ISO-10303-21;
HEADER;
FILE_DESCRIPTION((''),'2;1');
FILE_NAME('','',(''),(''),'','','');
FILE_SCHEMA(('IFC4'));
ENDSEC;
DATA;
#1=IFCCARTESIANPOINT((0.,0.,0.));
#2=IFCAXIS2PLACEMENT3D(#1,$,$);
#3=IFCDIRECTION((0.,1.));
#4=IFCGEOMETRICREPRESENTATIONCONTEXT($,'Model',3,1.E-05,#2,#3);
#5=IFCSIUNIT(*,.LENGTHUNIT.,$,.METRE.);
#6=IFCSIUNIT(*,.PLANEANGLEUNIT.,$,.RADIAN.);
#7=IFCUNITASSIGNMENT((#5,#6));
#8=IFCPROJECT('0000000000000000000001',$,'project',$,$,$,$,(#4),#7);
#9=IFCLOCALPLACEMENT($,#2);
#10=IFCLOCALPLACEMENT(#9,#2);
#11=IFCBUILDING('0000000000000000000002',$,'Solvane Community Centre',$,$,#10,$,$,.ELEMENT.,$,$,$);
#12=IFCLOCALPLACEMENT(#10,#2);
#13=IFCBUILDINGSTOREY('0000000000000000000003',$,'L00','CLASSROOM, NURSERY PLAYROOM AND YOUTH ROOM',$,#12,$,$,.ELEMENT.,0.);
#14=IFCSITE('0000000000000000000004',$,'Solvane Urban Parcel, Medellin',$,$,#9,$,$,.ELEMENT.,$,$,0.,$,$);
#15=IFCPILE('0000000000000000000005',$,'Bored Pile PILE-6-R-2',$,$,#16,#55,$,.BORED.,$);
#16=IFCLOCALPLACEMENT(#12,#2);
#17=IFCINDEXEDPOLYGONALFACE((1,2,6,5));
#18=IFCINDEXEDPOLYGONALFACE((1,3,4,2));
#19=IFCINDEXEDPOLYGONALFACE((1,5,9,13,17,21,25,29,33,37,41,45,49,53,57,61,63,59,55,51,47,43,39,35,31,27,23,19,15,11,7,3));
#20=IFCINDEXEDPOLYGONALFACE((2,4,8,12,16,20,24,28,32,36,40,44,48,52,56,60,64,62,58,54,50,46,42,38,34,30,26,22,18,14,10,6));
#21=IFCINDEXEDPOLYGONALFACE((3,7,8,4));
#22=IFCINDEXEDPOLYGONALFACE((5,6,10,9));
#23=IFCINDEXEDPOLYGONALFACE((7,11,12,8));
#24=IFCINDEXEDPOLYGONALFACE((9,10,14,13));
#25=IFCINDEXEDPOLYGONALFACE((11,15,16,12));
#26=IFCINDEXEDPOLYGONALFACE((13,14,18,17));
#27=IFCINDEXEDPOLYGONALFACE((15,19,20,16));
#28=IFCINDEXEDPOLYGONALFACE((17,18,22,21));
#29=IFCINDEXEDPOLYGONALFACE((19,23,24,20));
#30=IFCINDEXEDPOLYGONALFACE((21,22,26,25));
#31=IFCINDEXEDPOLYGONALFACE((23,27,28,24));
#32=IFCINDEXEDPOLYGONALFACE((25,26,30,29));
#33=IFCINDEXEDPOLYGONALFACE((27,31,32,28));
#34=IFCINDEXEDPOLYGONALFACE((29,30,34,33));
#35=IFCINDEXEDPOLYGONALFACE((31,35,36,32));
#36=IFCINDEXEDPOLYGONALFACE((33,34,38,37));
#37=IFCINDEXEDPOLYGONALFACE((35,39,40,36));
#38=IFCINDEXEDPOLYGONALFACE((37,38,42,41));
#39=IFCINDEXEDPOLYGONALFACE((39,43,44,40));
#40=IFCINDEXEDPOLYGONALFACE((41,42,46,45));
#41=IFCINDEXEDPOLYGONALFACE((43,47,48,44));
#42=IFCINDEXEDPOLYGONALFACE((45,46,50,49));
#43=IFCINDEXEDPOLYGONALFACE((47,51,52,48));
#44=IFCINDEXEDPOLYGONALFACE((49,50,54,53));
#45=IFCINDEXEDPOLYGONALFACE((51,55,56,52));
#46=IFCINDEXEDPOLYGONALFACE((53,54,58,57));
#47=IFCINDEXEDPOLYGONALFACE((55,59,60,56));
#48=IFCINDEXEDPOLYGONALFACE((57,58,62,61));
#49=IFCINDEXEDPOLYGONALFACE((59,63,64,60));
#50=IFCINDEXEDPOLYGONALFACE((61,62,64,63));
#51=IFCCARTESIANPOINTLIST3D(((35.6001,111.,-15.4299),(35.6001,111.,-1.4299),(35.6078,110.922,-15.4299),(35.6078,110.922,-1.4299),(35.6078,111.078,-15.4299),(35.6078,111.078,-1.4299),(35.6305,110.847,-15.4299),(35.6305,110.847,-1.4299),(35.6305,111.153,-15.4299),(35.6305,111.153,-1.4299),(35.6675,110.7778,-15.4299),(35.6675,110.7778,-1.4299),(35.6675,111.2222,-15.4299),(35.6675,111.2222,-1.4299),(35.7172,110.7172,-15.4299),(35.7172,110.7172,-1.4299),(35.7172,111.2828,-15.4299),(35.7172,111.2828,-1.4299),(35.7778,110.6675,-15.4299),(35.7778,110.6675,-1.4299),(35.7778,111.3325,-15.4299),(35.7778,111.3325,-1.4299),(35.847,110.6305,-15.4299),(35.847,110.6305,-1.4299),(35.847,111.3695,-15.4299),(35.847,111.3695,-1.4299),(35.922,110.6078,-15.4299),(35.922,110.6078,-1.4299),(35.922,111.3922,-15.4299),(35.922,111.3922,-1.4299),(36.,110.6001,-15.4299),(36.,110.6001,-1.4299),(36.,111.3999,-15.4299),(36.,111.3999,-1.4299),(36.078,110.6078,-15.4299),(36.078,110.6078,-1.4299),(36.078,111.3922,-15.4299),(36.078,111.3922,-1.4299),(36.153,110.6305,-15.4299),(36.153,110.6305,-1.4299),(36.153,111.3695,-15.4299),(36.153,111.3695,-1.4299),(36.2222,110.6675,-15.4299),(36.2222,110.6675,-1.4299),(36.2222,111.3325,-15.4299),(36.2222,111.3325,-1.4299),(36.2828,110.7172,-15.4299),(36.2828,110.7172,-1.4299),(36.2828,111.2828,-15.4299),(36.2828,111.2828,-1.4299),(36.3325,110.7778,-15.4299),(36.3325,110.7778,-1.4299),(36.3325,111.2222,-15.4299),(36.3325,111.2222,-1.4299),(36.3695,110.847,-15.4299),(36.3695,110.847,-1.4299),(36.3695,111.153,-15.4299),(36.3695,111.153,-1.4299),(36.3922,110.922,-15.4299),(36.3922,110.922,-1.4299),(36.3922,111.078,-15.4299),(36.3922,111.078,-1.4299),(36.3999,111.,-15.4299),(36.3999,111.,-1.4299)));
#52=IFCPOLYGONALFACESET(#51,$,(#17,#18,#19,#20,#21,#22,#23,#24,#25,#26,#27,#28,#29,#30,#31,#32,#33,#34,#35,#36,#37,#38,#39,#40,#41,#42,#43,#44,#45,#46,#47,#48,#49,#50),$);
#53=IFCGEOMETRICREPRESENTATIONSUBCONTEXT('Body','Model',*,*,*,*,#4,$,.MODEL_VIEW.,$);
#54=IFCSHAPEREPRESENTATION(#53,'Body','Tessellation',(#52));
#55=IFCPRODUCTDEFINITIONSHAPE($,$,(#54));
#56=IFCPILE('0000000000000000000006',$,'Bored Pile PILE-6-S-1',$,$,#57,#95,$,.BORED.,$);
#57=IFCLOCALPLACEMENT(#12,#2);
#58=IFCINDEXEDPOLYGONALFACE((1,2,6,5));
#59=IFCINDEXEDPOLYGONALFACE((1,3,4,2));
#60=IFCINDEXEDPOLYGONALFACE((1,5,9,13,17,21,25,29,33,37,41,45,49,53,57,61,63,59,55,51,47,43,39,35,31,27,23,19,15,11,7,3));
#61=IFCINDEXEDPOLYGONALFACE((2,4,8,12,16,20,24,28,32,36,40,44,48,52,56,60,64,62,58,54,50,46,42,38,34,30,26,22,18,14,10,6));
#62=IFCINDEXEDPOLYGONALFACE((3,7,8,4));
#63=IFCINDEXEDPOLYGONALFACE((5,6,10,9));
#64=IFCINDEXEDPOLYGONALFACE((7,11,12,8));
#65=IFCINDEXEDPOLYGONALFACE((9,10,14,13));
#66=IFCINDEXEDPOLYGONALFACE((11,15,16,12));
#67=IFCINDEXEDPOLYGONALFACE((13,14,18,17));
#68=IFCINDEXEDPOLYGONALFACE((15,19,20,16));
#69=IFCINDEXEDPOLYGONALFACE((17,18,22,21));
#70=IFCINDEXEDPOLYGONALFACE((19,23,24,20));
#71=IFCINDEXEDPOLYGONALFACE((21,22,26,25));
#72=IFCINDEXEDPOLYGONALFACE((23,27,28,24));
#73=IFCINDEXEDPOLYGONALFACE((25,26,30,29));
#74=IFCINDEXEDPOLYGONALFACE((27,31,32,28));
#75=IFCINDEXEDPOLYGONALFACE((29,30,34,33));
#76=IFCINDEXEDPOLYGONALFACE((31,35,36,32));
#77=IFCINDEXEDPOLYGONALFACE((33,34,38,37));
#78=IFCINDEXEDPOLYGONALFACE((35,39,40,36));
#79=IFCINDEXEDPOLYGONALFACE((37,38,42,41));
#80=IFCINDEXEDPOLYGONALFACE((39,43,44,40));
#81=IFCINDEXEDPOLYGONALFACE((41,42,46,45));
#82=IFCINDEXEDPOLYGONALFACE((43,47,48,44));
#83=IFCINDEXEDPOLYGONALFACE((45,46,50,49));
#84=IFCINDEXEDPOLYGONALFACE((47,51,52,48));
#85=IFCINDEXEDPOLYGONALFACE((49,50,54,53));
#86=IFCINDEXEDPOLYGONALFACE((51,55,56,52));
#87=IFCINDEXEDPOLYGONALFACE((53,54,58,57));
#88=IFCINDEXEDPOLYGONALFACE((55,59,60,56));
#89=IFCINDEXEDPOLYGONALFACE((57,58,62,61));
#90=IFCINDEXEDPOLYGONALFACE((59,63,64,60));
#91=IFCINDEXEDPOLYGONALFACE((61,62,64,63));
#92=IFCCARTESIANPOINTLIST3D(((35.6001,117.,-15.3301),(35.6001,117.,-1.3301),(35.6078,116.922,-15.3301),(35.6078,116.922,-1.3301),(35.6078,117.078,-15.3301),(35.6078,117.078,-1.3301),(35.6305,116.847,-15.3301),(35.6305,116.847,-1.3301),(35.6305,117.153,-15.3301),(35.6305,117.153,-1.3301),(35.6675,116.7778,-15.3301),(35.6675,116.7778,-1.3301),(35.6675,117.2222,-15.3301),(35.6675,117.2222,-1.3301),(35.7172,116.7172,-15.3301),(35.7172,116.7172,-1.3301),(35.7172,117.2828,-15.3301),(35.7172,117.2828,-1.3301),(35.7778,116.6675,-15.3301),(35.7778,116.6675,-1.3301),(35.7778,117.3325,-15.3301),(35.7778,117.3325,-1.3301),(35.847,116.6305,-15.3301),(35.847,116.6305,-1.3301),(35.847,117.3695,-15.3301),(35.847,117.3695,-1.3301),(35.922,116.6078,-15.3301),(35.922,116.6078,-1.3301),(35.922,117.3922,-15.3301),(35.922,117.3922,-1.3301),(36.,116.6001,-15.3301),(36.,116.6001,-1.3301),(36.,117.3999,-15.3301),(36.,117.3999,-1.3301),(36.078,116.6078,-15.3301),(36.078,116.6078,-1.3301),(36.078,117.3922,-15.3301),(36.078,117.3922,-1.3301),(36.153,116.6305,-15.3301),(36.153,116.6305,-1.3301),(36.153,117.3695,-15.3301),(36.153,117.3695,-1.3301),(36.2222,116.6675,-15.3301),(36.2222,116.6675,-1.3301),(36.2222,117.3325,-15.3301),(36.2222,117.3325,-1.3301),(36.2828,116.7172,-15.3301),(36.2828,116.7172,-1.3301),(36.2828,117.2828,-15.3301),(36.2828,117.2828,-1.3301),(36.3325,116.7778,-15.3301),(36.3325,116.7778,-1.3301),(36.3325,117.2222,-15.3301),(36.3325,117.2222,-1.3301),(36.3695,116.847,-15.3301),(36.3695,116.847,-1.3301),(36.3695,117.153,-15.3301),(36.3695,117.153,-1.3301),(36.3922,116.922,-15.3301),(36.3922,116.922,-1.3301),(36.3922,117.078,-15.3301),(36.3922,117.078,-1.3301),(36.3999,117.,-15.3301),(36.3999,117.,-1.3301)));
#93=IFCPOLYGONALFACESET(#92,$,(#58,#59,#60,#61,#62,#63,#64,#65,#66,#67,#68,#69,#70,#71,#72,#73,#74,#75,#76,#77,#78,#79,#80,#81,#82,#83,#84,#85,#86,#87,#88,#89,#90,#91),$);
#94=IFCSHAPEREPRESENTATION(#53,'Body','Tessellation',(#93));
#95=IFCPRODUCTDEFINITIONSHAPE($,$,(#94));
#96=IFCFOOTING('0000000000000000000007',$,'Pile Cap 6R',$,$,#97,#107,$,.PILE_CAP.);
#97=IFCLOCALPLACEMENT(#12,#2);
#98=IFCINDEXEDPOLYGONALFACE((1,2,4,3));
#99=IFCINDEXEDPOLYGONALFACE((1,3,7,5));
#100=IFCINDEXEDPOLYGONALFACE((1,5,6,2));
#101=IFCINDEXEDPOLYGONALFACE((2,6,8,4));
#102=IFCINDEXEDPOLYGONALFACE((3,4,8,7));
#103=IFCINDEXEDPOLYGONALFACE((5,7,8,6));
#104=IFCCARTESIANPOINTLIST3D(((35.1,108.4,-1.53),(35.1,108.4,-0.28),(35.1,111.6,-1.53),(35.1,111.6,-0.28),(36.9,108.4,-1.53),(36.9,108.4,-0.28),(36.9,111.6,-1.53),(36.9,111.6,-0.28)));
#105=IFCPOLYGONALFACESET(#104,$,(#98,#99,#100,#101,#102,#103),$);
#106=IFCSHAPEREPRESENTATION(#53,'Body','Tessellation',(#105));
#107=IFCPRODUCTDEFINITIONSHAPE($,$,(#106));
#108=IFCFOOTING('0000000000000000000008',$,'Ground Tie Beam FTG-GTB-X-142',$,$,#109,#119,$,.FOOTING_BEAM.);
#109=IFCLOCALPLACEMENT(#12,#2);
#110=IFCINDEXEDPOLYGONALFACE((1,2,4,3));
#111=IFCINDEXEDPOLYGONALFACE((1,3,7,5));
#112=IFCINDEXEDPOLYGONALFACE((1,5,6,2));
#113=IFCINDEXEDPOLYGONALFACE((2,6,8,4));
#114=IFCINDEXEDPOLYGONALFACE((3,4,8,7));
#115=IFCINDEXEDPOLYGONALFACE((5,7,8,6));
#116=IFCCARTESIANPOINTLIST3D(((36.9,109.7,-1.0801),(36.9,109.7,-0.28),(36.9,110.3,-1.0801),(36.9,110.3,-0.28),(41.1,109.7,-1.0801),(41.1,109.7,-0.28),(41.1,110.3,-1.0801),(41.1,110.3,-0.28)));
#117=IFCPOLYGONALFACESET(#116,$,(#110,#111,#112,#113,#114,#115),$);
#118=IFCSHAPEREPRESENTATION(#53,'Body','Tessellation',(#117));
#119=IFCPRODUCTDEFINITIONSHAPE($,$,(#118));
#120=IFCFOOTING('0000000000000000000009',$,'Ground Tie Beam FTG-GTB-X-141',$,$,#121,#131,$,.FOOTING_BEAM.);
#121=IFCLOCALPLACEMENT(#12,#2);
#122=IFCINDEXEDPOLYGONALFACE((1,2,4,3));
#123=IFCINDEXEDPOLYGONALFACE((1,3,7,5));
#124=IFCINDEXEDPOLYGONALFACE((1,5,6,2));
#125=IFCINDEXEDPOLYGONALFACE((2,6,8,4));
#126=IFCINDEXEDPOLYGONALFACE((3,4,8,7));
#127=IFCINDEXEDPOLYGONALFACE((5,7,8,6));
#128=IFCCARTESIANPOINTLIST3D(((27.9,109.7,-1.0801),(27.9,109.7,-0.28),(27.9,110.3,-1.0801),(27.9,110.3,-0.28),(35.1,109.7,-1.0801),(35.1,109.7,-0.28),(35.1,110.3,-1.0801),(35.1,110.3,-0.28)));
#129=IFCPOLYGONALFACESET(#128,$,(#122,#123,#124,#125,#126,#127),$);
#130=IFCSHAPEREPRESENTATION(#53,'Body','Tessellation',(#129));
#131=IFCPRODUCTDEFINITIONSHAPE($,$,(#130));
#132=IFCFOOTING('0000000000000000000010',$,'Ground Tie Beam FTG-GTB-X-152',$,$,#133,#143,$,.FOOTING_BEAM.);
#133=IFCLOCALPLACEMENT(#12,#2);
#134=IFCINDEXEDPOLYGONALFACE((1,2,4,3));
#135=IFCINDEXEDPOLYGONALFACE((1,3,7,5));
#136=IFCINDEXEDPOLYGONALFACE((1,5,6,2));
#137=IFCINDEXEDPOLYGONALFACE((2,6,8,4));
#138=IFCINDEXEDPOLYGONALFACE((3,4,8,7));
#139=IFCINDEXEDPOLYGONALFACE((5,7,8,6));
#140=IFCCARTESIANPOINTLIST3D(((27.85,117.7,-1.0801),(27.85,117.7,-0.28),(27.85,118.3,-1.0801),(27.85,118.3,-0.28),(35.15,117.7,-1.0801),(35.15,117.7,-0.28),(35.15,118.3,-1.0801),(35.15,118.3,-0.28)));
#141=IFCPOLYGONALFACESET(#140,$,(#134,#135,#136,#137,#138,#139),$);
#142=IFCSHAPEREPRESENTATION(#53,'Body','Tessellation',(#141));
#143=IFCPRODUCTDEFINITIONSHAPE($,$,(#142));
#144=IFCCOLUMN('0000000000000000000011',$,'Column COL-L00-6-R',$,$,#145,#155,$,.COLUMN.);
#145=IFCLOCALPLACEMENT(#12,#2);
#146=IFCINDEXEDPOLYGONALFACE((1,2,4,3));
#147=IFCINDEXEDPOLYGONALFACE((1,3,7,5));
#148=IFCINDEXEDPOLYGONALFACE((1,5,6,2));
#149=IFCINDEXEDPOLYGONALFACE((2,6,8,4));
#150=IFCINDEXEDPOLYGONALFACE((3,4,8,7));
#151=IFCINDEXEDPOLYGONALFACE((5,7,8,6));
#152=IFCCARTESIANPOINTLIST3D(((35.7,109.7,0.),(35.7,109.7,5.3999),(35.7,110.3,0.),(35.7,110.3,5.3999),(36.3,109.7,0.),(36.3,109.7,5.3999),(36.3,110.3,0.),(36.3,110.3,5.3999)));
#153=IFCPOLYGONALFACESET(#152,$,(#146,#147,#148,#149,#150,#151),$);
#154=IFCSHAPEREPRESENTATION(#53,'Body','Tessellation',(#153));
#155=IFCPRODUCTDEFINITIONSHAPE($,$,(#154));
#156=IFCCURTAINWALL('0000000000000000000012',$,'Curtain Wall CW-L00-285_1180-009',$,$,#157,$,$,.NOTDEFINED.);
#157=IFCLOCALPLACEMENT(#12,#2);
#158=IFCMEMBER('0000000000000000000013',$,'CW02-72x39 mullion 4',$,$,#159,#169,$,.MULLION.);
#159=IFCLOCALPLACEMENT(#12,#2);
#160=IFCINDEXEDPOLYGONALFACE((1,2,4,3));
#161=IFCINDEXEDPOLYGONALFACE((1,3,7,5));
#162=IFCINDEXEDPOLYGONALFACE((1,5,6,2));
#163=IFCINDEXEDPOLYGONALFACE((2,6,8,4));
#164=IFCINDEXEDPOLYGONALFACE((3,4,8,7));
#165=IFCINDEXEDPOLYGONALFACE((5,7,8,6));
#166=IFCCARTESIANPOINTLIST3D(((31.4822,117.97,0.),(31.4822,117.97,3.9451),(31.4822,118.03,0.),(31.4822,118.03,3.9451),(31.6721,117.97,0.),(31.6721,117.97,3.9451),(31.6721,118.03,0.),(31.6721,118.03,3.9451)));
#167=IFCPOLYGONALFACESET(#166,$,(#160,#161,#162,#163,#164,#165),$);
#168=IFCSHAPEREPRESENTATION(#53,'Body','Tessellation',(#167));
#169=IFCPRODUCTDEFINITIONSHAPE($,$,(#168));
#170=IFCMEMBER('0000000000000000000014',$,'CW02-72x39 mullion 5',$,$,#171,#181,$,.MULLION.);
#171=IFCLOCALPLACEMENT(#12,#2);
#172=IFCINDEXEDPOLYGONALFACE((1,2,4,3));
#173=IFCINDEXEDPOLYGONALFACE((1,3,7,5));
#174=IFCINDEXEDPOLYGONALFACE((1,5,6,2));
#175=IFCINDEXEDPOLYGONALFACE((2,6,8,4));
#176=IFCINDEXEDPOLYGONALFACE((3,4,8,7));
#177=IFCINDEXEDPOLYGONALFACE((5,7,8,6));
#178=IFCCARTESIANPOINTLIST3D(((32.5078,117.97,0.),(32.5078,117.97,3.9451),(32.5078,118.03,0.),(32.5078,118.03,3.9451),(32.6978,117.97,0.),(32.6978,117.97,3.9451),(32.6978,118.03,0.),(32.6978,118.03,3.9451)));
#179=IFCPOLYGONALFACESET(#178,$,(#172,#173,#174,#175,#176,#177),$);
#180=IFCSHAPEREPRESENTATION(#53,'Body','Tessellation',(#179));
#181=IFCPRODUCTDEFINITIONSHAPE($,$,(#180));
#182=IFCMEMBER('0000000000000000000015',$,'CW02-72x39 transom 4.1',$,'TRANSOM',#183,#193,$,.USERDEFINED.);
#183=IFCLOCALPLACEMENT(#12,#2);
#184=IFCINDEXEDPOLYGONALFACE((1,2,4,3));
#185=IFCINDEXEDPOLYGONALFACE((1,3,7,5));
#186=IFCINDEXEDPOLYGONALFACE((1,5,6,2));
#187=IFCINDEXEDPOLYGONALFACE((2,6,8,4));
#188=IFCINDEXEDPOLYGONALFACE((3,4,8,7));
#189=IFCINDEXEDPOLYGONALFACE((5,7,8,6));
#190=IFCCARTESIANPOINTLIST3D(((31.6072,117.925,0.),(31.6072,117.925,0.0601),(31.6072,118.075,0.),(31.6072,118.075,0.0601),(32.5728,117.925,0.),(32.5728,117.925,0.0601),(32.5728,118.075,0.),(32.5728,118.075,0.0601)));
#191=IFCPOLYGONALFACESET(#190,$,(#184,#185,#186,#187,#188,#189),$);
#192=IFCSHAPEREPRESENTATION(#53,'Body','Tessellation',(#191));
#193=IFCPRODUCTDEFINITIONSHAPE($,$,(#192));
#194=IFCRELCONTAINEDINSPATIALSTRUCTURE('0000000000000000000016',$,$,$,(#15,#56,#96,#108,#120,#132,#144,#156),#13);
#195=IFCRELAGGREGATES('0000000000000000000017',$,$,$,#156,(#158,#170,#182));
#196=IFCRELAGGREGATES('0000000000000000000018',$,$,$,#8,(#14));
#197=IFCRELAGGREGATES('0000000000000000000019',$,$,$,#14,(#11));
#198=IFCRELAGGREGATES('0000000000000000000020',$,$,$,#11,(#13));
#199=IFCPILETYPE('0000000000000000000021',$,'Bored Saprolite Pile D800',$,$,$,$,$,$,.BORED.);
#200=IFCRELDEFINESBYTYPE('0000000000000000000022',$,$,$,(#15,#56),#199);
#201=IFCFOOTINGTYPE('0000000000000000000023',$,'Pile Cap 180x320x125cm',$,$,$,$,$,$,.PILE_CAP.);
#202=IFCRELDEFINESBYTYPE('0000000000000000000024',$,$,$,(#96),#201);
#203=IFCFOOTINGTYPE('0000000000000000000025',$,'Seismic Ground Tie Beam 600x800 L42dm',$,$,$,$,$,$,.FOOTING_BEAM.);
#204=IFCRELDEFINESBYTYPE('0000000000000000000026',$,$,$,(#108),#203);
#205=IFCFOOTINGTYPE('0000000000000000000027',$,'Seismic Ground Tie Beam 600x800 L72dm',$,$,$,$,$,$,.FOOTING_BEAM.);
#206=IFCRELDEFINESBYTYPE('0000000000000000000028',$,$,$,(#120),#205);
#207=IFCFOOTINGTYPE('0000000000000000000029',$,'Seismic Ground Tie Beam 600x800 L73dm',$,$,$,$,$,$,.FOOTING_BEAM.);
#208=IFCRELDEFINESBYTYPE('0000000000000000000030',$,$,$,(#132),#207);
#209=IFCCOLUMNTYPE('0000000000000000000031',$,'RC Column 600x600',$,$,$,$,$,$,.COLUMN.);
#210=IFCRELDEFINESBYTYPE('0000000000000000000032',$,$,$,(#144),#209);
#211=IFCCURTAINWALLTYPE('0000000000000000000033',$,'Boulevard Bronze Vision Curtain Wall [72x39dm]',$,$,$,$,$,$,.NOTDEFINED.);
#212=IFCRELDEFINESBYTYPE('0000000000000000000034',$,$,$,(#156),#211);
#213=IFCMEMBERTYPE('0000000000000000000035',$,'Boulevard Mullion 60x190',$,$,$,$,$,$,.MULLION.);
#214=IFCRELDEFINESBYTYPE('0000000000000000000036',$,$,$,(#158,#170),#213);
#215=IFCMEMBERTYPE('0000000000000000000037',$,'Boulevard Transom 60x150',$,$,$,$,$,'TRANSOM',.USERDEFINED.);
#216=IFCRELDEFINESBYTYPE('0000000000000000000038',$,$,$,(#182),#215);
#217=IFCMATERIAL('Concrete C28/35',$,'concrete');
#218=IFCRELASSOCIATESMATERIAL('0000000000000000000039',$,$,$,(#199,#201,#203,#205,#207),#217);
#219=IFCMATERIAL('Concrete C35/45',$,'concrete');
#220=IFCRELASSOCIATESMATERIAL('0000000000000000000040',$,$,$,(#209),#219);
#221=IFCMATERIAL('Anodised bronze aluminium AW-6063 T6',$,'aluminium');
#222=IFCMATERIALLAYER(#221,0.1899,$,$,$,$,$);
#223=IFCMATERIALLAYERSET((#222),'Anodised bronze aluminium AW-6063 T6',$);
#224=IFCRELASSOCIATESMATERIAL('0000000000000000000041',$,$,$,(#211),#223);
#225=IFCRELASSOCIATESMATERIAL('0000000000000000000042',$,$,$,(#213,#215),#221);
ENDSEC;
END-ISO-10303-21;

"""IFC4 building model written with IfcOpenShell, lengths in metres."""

from ifc_helpers import new_model, si_unit, direction, frame, origin, origin_2d, place, context, subcontext, project, spatial, rectangle, circle, extrude, material, layer, layer_set, material_profile, profile_set, type_object, element, aggregate, save


model = new_model("IFC4")

# Units and contexts
model_context = context("Model", 3, precision=1e-05, world=origin(), true_north=direction((0.0, 1.0)))
body_context = subcontext(model_context, "Body", "Model", "MODEL_VIEW")
ifc_project = project(units=[si_unit("LENGTHUNIT", "METRE"), si_unit("PLANEANGLEUNIT", "RADIAN")], contexts=[model_context])

# Site, building, storey
site_placement = place(None, origin())
site = spatial("IfcSite", under=ifc_project, at=site_placement, Name="Solvane Urban Parcel, Medellin", CompositionType="ELEMENT", RefElevation=0.0)
building_placement = place(site_placement, origin())
building = spatial("IfcBuilding", under=site, at=building_placement, Name="Solvane Community Centre", CompositionType="ELEMENT")
storey_placement = place(building_placement, origin())
storey = spatial("IfcBuildingStorey", under=building, at=storey_placement, Name="L00", Description="CLASSROOM, NURSERY PLAYROOM AND YOUTH ROOM", CompositionType="ELEMENT", Elevation=0.0)

# Piles
ifc_material_1 = material(Name="Concrete C28/35", Category="concrete")
ifc_material_profile_1 = material_profile(ifc_material_1, circle(Radius=0.3999, at=origin_2d()), Name="PILE D800")
ifc_profile_set_1 = profile_set([ifc_material_profile_1], Name="Concrete C28/35")
pile_type = type_object("IfcPileType", Name="Bored Saprolite Pile D800", PredefinedType="BORED", material=ifc_profile_set_1)
for number, where, z_axis, x_axis, name in (
    (1, (36.0, 111.0, -1.4299), (0.0, 0.0, -1.0), (1.0, 0.0, 0.0), "Bored Pile PILE-6-R-2"),
    (2, (36.0, 117.0, -1.3301), (0.0, 0.0, -1.0), (1.0, 0.0, 0.0), "Bored Pile PILE-6-S-1"),
):
    element("IfcPile", number, at=place(storey_placement, frame(where, z_axis=z_axis, x_axis=x_axis)), inside=storey, type_object=pile_type, Name=name, PredefinedType="BORED", context=body_context, shape_type="SweptSolid", body=[
        extrude(circle(Radius=0.3999, at=origin_2d()), origin(), (0.0, 0.0, 1.0), 14.0),
    ])

# Footings
footing_type_1 = type_object("IfcFootingType", Name="Pile Cap 180x320x125cm", PredefinedType="PILE_CAP", material=ifc_material_1)
footing_1_placement = place(storey_placement, frame((36.0, 110.0, -1.53), z_axis=(0.0, 0.0, 1.0), x_axis=(1.0, 0.0, 0.0)))
element("IfcFooting", 3, at=footing_1_placement, inside=storey, type_object=footing_type_1, Name="Pile Cap 6R", PredefinedType="PILE_CAP", context=body_context, shape_type="SweptSolid", body=[
    extrude(rectangle(XDim=1.8, YDim=3.2, at=origin_2d()), origin(), (0.0, 0.0, 1.0), 1.25),
])
footing_type_2 = type_object("IfcFootingType", Name="Seismic Ground Tie Beam 600x800 L42dm", PredefinedType="FOOTING_BEAM", material=ifc_material_1)
footing_2_placement = place(storey_placement, frame((39.0, 110.0, -1.0801), z_axis=(0.0, 0.0, 1.0), x_axis=(1.0, 0.0, 0.0)))
element("IfcFooting", 4, at=footing_2_placement, inside=storey, type_object=footing_type_2, Name="Ground Tie Beam FTG-GTB-X-142", PredefinedType="FOOTING_BEAM", context=body_context, shape_type="SweptSolid", body=[
    extrude(rectangle(XDim=4.2, YDim=0.6001, at=origin_2d()), origin(), (0.0, 0.0, 1.0), 0.8),
])
footing_type_3 = type_object("IfcFootingType", Name="Seismic Ground Tie Beam 600x800 L72dm", PredefinedType="FOOTING_BEAM", material=ifc_material_1)
footing_3_placement = place(storey_placement, frame((31.5, 110.0, -1.0801), z_axis=(0.0, 0.0, 1.0), x_axis=(1.0, 0.0, 0.0)))
element("IfcFooting", 5, at=footing_3_placement, inside=storey, type_object=footing_type_3, Name="Ground Tie Beam FTG-GTB-X-141", PredefinedType="FOOTING_BEAM", context=body_context, shape_type="SweptSolid", body=[
    extrude(rectangle(XDim=7.2, YDim=0.6001, at=origin_2d()), origin(), (0.0, 0.0, 1.0), 0.8),
])
footing_type_4 = type_object("IfcFootingType", Name="Seismic Ground Tie Beam 600x800 L73dm", PredefinedType="FOOTING_BEAM", material=ifc_material_1)
footing_4_placement = place(storey_placement, frame((31.5, 118.0, -1.0801), z_axis=(0.0, 0.0, 1.0), x_axis=(1.0, 0.0, 0.0)))
element("IfcFooting", 6, at=footing_4_placement, inside=storey, type_object=footing_type_4, Name="Ground Tie Beam FTG-GTB-X-152", PredefinedType="FOOTING_BEAM", context=body_context, shape_type="SweptSolid", body=[
    extrude(rectangle(XDim=7.3, YDim=0.6001, at=origin_2d()), origin(), (0.0, 0.0, 1.0), 0.8),
])

# Column
ifc_material_2 = material(Name="Concrete C35/45", Category="concrete")
ifc_material_profile_2 = material_profile(ifc_material_2, rectangle(XDim=0.6001, YDim=0.6001, at=origin_2d()), Name="RC 600x600")
ifc_profile_set_2 = profile_set([ifc_material_profile_2], Name="Concrete C35/45")
column_type = type_object("IfcColumnType", Name="RC Column 600x600", PredefinedType="COLUMN", material=ifc_profile_set_2)
column_placement = place(storey_placement, frame((36.0, 110.0, 0.0), z_axis=(0.0, 0.0, 1.0), x_axis=(1.0, 0.0, 0.0)))
element("IfcColumn", 7, at=column_placement, inside=storey, type_object=column_type, Name="Column COL-L00-6-R", PredefinedType="COLUMN", context=body_context, shape_type="SweptSolid", body=[
    extrude(rectangle(XDim=0.6001, YDim=0.6001, at=origin_2d()), origin(), (0.0, 0.0, 1.0), 5.3999),
])

# Curtain wall, members
ifc_material_3 = material(Name="Anodised bronze aluminium AW-6063 T6", Category="aluminium")
ifc_layer_1 = layer(ifc_material_3, 0.1899)
ifc_layer_set_1 = layer_set([ifc_layer_1], Name="Anodised bronze aluminium AW-6063 T6")
curtain_wall_type = type_object("IfcCurtainWallType", Name="Boulevard Bronze Vision Curtain Wall [72x39dm]", PredefinedType="NOTDEFINED", material=ifc_layer_set_1)
curtain_wall_placement = place(storey_placement, origin())
curtain_wall = element("IfcCurtainWall", 8, at=curtain_wall_placement, inside=storey, type_object=curtain_wall_type, Name="Curtain Wall CW-L00-285_1180-009", PredefinedType="NOTDEFINED")
ifc_material_profile_3 = material_profile(ifc_material_3, rectangle(XDim=0.0601, YDim=0.1899, at=origin_2d()), Name="CW-M 60x190")
ifc_profile_set_3 = profile_set([ifc_material_profile_3], Name="Anodised bronze aluminium AW-6063 T6")
member_type_1 = type_object("IfcMemberType", Name="Boulevard Mullion 60x190", PredefinedType="MULLION", material=ifc_profile_set_3)
member_1_placement = place(storey_placement, frame((31.5771, 118.0, 0.0), z_axis=(0.0, 0.0, 1.0), x_axis=(0.0, 1.0, 0.0)))
member_1 = element("IfcMember", 9, at=member_1_placement, type_object=member_type_1, Name="CW02-72x39 mullion 4", PredefinedType="MULLION", context=body_context, shape_type="SweptSolid", body=[
    extrude(rectangle(XDim=0.0601, YDim=0.1899, at=origin_2d()), origin(), (0.0, 0.0, 1.0), 3.9451),
])
member_2_placement = place(storey_placement, frame((32.6028, 118.0, 0.0), z_axis=(0.0, 0.0, 1.0), x_axis=(0.0, 1.0, 0.0)))
member_2 = element("IfcMember", 10, at=member_2_placement, type_object=member_type_1, Name="CW02-72x39 mullion 5", PredefinedType="MULLION", context=body_context, shape_type="SweptSolid", body=[
    extrude(rectangle(XDim=0.0601, YDim=0.1899, at=origin_2d()), origin(), (0.0, 0.0, 1.0), 3.9451),
])
ifc_material_profile_4 = material_profile(ifc_material_3, rectangle(XDim=0.1499, YDim=0.0601, at=origin_2d()), Name="CW-T 60x150")
ifc_profile_set_4 = profile_set([ifc_material_profile_4], Name="Anodised bronze aluminium AW-6063 T6")
member_type_2 = type_object("IfcMemberType", Name="Boulevard Transom 60x150", ElementType="TRANSOM", PredefinedType="USERDEFINED", material=ifc_profile_set_4)
member_3_placement = place(storey_placement, frame((31.6072, 118.0, 0.03), z_axis=(1.0, 0.0, 0.0), x_axis=(0.0, 1.0, 0.0)))
member_3 = element("IfcMember", 11, at=member_3_placement, type_object=member_type_2, Name="CW02-72x39 transom 4.1", ObjectType="TRANSOM", PredefinedType="USERDEFINED", context=body_context, shape_type="SweptSolid", body=[
    extrude(rectangle(XDim=0.1499, YDim=0.0601, at=origin_2d()), origin(), (0.0, 0.0, 1.0), 0.9656),
])

aggregate(curtain_wall, [member_1, member_2, member_3])

save(model, "model.ifc")
